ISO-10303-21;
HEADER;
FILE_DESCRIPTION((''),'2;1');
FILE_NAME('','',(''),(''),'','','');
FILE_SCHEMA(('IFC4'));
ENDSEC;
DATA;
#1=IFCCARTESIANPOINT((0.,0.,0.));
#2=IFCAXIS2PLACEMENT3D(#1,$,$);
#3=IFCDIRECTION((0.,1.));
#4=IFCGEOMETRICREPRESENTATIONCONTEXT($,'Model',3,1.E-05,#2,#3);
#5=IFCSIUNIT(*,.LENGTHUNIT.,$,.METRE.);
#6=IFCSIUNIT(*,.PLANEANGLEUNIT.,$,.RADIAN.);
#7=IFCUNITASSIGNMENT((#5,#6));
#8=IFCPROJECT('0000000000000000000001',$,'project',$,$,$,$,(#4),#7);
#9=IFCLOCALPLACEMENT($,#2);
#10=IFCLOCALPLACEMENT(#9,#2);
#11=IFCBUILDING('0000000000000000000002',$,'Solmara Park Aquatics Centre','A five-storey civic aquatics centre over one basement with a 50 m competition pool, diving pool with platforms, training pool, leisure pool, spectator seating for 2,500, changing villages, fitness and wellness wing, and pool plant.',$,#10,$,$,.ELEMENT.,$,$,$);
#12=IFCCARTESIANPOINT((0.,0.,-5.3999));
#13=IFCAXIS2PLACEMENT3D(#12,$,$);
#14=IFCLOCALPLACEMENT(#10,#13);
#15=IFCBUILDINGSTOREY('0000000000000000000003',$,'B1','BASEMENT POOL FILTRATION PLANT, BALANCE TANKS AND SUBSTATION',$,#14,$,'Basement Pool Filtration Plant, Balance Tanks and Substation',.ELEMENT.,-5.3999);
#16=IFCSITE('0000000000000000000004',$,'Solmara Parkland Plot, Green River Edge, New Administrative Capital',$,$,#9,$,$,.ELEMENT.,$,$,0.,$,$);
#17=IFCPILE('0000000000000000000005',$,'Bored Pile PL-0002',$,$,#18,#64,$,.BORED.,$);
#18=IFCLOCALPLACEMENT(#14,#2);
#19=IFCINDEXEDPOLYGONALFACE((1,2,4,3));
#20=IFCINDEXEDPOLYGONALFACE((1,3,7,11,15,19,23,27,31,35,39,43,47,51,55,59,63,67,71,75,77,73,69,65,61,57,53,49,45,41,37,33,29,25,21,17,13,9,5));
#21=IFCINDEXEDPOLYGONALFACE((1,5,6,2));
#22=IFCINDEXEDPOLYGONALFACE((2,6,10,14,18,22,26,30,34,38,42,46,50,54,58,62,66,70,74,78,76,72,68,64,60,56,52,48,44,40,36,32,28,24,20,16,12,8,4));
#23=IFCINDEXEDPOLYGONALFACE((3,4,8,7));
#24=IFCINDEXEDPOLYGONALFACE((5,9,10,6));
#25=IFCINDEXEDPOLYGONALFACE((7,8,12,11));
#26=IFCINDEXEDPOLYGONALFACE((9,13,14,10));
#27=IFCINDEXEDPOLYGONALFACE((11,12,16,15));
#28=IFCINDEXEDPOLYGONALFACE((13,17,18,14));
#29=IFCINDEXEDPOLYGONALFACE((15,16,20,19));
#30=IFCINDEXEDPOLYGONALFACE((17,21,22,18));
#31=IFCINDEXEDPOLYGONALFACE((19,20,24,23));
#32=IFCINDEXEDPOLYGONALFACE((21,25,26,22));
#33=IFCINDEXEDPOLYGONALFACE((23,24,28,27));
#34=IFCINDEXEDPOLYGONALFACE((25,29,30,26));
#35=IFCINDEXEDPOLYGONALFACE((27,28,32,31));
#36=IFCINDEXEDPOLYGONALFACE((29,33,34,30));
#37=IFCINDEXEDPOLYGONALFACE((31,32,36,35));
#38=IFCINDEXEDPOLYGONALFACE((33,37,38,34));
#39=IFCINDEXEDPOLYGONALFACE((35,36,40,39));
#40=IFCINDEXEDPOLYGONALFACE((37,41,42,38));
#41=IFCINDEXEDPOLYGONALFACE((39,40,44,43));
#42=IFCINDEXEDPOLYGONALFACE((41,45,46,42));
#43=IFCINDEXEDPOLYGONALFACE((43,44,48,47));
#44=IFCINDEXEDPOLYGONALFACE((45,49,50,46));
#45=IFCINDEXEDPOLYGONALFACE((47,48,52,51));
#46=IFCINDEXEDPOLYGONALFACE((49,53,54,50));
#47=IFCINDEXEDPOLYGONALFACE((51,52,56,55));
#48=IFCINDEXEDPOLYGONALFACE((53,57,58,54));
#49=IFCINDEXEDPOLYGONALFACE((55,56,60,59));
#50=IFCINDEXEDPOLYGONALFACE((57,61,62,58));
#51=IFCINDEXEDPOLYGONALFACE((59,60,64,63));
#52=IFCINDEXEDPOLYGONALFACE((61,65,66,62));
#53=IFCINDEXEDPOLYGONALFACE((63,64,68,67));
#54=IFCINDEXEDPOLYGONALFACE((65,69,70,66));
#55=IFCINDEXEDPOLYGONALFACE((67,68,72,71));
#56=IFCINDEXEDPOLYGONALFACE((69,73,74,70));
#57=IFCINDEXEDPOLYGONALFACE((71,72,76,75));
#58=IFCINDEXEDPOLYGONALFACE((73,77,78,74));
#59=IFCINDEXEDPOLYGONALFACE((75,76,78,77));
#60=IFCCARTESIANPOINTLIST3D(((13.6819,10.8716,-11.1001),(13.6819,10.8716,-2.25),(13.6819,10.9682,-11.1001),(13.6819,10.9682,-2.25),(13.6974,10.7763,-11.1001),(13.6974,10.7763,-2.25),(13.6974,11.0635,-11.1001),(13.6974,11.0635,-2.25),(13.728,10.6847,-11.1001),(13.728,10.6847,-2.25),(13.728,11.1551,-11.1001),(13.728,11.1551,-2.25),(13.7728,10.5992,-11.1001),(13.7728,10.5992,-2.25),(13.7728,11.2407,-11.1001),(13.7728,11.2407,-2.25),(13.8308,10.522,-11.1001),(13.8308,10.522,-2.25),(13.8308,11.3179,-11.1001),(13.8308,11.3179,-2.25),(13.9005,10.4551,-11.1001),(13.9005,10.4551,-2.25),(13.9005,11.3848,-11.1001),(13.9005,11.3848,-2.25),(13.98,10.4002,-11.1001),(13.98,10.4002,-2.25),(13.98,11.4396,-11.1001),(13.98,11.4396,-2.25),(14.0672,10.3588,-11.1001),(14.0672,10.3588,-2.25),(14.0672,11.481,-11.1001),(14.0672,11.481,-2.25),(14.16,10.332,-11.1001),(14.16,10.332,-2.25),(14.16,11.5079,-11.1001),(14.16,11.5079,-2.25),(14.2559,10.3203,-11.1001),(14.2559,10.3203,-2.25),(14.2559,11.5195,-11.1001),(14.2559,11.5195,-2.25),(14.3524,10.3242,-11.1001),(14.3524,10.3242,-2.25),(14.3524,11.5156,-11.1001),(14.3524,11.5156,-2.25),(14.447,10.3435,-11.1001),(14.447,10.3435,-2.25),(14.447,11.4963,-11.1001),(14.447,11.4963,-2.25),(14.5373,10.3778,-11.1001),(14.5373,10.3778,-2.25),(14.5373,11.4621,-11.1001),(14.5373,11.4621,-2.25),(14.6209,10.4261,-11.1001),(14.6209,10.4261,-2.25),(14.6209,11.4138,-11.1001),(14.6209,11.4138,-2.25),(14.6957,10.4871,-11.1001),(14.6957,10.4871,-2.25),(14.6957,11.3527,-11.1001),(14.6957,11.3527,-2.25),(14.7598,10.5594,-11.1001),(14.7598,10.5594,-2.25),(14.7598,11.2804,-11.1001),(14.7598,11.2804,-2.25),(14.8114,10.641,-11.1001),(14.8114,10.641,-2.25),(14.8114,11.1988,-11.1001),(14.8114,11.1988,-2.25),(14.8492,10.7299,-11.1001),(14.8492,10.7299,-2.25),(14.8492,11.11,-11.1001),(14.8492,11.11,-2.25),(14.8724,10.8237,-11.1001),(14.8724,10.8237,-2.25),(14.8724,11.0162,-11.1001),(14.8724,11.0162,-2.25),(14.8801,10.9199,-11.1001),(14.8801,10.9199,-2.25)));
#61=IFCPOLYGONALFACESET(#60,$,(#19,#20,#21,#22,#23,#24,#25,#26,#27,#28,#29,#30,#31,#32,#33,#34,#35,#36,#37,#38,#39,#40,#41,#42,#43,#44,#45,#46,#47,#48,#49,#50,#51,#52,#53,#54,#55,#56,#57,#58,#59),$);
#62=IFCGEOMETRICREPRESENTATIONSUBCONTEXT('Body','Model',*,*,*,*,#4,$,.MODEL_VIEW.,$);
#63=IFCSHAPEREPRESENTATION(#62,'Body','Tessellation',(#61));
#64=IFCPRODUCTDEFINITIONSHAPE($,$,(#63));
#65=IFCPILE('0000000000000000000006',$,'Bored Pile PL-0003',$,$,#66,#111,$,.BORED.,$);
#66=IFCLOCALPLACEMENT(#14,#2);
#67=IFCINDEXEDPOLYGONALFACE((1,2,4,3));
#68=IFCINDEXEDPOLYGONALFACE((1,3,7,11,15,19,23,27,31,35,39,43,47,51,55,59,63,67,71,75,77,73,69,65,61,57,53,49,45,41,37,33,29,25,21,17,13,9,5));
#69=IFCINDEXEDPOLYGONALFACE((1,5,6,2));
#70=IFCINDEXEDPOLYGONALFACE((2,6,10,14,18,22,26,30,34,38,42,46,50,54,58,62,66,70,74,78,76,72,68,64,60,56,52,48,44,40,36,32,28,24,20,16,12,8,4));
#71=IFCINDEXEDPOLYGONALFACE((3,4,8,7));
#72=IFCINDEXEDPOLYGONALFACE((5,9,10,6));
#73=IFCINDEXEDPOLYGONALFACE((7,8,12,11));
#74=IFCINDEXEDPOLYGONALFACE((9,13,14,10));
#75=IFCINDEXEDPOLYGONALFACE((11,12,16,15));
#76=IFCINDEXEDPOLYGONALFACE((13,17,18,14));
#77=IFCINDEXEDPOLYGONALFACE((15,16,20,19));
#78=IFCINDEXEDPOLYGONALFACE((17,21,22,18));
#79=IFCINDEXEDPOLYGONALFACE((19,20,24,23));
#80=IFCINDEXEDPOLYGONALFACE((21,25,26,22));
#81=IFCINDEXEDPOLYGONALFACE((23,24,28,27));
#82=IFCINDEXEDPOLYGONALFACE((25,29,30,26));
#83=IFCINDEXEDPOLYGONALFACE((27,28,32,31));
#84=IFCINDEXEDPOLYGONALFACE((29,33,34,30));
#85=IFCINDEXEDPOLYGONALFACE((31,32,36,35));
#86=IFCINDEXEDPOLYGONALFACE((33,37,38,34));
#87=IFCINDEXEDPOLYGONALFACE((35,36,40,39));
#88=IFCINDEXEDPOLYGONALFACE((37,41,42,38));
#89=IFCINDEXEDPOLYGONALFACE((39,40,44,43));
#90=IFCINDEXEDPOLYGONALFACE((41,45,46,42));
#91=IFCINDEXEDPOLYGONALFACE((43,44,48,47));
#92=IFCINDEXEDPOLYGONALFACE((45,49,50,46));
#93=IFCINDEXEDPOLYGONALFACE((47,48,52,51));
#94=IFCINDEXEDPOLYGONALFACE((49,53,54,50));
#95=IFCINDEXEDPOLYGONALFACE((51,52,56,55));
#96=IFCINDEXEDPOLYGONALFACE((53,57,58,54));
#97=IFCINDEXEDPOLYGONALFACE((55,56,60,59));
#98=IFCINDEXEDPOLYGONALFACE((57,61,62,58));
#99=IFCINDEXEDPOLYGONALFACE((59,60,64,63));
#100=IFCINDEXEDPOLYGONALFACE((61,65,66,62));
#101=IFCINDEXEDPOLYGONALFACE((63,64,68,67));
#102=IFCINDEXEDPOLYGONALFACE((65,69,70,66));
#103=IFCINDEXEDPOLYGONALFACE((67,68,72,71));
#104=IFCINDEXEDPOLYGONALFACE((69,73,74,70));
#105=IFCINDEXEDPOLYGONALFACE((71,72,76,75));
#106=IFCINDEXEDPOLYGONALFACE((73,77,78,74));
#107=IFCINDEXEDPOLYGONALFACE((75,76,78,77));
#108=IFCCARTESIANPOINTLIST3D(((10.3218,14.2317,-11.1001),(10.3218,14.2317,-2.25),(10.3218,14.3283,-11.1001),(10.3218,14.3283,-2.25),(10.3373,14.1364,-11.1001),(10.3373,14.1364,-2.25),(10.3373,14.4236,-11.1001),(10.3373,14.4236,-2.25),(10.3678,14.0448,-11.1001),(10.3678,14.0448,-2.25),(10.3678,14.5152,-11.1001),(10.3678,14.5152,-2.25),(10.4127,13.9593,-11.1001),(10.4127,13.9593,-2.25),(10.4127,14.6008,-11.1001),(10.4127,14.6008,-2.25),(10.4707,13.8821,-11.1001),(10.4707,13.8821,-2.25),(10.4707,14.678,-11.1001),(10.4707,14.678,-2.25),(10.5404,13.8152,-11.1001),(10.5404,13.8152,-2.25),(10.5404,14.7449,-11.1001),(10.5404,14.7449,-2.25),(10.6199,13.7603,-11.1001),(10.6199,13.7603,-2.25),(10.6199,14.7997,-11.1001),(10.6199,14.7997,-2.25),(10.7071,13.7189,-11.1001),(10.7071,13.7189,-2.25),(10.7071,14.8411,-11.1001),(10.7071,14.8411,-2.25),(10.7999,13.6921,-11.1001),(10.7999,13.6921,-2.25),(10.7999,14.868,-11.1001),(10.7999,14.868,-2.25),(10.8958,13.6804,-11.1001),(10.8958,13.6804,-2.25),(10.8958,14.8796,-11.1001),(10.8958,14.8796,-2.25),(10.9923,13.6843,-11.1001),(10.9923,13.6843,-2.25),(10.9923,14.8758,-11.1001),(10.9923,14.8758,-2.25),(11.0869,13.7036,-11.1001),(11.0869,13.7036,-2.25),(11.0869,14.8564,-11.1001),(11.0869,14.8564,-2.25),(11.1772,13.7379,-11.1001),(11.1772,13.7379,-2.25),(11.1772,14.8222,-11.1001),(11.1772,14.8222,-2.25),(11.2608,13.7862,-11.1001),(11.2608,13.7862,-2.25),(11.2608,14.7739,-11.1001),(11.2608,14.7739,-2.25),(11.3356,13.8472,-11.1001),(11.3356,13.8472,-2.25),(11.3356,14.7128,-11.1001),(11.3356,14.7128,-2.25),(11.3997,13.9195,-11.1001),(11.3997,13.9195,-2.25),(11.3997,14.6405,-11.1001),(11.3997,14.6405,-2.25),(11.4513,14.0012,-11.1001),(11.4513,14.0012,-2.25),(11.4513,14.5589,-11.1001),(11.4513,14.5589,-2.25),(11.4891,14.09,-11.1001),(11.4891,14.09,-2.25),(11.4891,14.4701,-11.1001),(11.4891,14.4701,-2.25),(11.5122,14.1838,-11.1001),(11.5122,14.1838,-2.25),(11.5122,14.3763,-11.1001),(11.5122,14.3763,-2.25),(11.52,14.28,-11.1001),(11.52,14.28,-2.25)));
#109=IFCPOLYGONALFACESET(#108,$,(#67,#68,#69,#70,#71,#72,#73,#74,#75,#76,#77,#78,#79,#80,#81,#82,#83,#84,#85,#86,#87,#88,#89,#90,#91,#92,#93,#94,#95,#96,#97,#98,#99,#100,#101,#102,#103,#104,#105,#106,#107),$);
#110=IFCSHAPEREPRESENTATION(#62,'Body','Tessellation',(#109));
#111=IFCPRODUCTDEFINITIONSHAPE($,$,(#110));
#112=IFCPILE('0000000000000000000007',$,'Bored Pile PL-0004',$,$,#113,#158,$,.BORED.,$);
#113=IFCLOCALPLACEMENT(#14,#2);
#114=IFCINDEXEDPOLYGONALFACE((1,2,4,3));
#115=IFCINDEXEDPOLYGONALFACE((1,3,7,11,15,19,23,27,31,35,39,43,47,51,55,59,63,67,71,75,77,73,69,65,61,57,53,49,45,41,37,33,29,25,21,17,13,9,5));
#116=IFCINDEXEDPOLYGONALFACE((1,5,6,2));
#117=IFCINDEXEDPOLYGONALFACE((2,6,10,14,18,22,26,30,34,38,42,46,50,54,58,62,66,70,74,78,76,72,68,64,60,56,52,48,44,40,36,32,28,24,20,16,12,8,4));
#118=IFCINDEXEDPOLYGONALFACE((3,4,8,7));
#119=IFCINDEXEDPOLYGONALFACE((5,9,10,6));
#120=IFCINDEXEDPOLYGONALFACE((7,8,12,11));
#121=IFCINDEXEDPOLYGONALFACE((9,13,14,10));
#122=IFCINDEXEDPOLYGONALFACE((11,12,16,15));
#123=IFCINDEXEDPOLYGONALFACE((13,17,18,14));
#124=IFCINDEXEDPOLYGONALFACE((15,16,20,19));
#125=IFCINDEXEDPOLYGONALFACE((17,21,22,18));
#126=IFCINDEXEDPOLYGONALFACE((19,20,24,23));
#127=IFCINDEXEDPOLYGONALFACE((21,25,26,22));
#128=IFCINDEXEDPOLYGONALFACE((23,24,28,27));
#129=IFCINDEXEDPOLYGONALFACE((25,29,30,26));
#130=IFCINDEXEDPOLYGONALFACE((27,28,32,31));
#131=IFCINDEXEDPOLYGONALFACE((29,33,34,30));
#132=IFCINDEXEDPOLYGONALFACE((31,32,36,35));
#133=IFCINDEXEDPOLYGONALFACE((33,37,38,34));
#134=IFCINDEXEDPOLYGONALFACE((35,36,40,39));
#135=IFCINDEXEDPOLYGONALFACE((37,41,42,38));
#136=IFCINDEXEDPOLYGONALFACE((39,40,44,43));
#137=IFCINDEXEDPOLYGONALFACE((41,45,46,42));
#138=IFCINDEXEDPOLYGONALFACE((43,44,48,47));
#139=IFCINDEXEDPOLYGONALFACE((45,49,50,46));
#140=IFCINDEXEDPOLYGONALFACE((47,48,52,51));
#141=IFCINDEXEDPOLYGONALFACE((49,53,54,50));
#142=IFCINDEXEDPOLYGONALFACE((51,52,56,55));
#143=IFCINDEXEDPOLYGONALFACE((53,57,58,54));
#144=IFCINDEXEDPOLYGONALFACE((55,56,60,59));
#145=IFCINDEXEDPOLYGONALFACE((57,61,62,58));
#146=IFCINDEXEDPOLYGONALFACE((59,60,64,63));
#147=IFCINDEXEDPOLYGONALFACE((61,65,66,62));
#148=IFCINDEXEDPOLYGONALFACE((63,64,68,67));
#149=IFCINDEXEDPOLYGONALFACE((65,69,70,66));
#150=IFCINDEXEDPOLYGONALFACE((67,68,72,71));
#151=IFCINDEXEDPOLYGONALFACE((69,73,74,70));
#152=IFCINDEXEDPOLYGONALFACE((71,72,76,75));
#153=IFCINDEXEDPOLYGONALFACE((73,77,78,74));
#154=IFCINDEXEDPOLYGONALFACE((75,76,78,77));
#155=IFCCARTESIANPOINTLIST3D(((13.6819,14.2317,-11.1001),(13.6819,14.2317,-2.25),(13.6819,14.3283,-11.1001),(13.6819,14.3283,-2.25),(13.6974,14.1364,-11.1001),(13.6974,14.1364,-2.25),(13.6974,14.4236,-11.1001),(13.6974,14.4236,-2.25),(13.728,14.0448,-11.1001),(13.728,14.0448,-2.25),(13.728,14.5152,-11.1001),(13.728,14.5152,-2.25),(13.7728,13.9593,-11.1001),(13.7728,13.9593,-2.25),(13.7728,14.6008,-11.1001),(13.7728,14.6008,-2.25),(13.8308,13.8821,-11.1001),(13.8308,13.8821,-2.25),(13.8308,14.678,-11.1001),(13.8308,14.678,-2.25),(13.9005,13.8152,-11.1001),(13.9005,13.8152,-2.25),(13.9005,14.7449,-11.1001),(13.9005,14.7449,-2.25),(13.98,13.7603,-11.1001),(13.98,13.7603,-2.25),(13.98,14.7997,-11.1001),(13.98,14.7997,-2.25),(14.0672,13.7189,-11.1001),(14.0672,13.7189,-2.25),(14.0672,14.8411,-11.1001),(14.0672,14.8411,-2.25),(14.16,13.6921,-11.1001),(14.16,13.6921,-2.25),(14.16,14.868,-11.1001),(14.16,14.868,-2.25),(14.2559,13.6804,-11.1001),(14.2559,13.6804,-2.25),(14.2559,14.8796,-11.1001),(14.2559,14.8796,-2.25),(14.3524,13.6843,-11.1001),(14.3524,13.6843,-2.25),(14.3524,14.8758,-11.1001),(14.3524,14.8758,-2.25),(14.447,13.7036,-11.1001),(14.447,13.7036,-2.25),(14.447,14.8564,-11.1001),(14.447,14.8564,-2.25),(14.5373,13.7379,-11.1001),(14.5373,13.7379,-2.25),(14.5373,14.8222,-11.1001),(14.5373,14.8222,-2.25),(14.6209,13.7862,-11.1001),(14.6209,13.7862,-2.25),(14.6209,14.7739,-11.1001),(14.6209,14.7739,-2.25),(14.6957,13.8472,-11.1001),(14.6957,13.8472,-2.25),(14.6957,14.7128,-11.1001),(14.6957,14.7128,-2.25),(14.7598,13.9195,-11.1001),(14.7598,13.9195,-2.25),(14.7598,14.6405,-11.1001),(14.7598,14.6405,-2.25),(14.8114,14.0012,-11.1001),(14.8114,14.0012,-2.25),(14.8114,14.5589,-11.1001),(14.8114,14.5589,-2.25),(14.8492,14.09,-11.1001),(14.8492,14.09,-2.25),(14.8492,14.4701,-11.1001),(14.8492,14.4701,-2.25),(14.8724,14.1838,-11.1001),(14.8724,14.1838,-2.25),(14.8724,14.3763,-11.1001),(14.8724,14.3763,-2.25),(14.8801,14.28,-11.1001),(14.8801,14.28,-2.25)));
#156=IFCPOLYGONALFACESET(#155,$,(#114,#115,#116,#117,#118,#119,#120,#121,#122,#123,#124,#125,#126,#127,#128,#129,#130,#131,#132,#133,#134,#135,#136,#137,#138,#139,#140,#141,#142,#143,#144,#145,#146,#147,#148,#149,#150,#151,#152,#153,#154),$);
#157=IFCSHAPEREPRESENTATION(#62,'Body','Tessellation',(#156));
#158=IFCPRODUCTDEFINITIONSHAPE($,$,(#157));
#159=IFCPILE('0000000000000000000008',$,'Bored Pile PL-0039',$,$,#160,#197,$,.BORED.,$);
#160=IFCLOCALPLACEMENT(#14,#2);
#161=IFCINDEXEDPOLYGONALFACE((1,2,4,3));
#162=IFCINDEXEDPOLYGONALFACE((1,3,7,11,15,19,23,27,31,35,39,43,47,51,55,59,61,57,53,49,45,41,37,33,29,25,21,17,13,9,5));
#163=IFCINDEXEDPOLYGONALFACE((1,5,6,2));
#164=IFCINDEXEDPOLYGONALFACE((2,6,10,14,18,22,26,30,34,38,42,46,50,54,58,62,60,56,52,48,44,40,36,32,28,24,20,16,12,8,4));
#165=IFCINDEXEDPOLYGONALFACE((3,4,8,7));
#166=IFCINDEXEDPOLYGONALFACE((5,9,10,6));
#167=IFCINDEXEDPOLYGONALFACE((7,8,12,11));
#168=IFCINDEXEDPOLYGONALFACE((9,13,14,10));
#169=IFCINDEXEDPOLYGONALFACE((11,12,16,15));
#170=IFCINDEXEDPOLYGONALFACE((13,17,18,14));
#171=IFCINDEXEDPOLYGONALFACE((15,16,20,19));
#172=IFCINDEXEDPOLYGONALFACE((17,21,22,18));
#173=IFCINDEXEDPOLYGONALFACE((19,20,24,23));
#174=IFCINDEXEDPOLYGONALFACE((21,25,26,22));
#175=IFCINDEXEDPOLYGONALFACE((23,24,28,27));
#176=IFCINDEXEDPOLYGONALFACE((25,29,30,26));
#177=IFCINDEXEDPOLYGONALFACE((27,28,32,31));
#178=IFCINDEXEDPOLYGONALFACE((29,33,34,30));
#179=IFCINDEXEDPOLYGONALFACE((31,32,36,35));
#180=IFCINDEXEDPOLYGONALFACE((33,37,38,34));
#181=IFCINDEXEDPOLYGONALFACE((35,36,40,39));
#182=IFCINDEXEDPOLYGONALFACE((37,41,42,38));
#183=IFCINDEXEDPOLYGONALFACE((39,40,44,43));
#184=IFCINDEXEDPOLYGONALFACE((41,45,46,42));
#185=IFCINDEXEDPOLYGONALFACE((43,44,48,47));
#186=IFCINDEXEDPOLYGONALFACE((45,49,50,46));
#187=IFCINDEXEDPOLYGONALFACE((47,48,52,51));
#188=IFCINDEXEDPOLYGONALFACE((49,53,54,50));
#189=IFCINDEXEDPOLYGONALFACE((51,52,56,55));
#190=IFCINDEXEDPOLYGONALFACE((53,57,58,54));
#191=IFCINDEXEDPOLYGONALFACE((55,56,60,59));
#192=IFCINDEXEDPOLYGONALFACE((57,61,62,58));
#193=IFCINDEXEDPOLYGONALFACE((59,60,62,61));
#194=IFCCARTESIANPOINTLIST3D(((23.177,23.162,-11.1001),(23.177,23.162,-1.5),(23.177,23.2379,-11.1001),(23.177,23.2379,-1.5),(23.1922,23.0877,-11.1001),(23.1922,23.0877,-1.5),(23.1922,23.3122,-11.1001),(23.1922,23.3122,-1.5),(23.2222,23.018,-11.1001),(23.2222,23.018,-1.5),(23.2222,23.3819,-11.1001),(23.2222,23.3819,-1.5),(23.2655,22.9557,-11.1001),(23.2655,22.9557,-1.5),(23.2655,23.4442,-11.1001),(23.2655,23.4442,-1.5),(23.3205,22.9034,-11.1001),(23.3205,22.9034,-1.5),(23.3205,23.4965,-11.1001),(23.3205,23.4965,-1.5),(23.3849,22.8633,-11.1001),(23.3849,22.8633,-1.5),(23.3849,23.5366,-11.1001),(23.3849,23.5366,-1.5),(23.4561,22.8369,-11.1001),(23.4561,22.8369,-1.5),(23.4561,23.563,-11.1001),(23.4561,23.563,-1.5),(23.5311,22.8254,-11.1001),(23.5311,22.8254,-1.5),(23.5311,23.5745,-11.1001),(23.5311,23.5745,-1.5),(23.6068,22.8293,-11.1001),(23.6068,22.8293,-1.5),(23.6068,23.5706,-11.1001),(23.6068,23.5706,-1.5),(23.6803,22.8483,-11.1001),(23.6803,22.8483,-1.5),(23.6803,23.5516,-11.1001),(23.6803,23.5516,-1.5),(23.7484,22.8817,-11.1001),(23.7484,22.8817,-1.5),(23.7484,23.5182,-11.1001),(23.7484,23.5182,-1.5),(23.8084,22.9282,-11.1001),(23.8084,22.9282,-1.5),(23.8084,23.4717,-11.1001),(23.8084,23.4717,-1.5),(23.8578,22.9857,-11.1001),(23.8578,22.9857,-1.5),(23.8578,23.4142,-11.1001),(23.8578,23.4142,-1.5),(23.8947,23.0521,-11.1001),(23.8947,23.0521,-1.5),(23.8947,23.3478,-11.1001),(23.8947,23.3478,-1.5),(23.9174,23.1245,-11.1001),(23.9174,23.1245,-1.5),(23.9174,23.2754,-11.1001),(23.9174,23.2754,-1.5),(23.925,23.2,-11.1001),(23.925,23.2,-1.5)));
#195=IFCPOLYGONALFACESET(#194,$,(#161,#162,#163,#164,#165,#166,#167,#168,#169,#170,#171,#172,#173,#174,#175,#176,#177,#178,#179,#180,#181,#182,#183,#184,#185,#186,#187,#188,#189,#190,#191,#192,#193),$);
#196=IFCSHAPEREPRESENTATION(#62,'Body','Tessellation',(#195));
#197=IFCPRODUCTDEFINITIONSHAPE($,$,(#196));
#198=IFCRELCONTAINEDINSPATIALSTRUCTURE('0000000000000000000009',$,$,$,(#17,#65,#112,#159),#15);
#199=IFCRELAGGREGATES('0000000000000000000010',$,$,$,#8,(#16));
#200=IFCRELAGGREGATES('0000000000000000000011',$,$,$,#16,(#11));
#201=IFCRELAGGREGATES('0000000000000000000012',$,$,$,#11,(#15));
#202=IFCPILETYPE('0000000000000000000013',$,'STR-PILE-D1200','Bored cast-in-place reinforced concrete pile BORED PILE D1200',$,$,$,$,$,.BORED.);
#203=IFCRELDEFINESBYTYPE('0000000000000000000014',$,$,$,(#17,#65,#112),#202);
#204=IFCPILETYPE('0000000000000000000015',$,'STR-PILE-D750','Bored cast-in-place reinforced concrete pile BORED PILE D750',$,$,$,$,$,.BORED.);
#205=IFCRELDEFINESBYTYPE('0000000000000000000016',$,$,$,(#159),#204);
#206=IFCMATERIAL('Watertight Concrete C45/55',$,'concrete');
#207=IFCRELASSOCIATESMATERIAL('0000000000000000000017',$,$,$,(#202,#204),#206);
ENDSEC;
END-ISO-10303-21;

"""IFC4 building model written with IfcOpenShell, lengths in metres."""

from ifc_helpers import new_model, si_unit, direction, frame, origin, origin_2d, place, context, subcontext, project, spatial, circle, extrude, material, material_profile, profile_set, type_object, element, save


model = new_model("IFC4")

# Units and contexts
model_context = context("Model", 3, precision=1e-05, world=origin(), true_north=direction((0.0, 1.0)))
body_context = subcontext(model_context, "Body", "Model", "MODEL_VIEW")
ifc_project = project(units=[si_unit("LENGTHUNIT", "METRE"), si_unit("PLANEANGLEUNIT", "RADIAN")], contexts=[model_context])

# Site, building, storey
site_placement = place(None, origin())
site = spatial("IfcSite", under=ifc_project, at=site_placement, Name="Solmara Parkland Plot, Green River Edge, New Administrative Capital", CompositionType="ELEMENT", RefElevation=0.0)
building_placement = place(site_placement, origin())
building = spatial("IfcBuilding", under=site, at=building_placement, Name="Solmara Park Aquatics Centre", Description="A five-storey civic aquatics centre over one basement with a 50 m competition pool, diving pool with platforms, training pool, leisure pool, spectator seating for 2,500, changing villages, fitness and wellness wing, and pool plant.", CompositionType="ELEMENT")
storey_placement = place(building_placement, frame((0.0, 0.0, -5.3999)))
storey = spatial("IfcBuildingStorey", under=building, at=storey_placement, Name="B1", Description="BASEMENT POOL FILTRATION PLANT, BALANCE TANKS AND SUBSTATION", LongName="Basement Pool Filtration Plant, Balance Tanks and Substation", CompositionType="ELEMENT", Elevation=-5.3999)

# Shared definitions
ifc_material_1 = material(Name="Watertight Concrete C45/55", Category="concrete")

# Piles
ifc_material_profile_1 = material_profile(ifc_material_1, circle(Radius=0.6001, at=origin_2d()), Name="BORED PILE D1200")
ifc_profile_set_1 = profile_set([ifc_material_profile_1], Name="Watertight Concrete C45/55")
pile_type_1 = type_object("IfcPileType", Name="STR-PILE-D1200", Description="Bored cast-in-place reinforced concrete pile BORED PILE D1200", PredefinedType="BORED", material=ifc_profile_set_1)
for number, where, z_axis, x_axis, name in (
    (1, (14.28, 10.9199, -2.25), (0.0, 0.0, -1.0), (1.0, 0.0, 0.0), "Bored Pile PL-0002"),
    (2, (10.9199, 14.28, -2.25), (0.0, 0.0, -1.0), (1.0, 0.0, 0.0), "Bored Pile PL-0003"),
    (3, (14.28, 14.28, -2.25), (0.0, 0.0, -1.0), (1.0, 0.0, 0.0), "Bored Pile PL-0004"),
):
    element("IfcPile", number, at=place(storey_placement, frame(where, z_axis=z_axis, x_axis=x_axis)), inside=storey, type_object=pile_type_1, Name=name, PredefinedType="BORED", context=body_context, shape_type="SweptSolid", body=[
        extrude(circle(Radius=0.6001, at=origin_2d()), origin(), (0.0, 0.0, 1.0), 8.8501),
    ])
ifc_material_profile_2 = material_profile(ifc_material_1, circle(Radius=0.375, at=origin_2d()), Name="BORED PILE D750")
ifc_profile_set_2 = profile_set([ifc_material_profile_2], Name="Watertight Concrete C45/55")
pile_type_2 = type_object("IfcPileType", Name="STR-PILE-D750", Description="Bored cast-in-place reinforced concrete pile BORED PILE D750", PredefinedType="BORED", material=ifc_profile_set_2)
pile_placement = place(storey_placement, frame((23.55, 23.2, -1.5), z_axis=(0.0, 0.0, -1.0), x_axis=(1.0, 0.0, 0.0)))
element("IfcPile", 4, at=pile_placement, inside=storey, type_object=pile_type_2, Name="Bored Pile PL-0039", PredefinedType="BORED", context=body_context, shape_type="SweptSolid", body=[
    extrude(circle(Radius=0.375, at=origin_2d()), origin(), (0.0, 0.0, 1.0), 9.6001),
])

save(model, "model.ifc")
